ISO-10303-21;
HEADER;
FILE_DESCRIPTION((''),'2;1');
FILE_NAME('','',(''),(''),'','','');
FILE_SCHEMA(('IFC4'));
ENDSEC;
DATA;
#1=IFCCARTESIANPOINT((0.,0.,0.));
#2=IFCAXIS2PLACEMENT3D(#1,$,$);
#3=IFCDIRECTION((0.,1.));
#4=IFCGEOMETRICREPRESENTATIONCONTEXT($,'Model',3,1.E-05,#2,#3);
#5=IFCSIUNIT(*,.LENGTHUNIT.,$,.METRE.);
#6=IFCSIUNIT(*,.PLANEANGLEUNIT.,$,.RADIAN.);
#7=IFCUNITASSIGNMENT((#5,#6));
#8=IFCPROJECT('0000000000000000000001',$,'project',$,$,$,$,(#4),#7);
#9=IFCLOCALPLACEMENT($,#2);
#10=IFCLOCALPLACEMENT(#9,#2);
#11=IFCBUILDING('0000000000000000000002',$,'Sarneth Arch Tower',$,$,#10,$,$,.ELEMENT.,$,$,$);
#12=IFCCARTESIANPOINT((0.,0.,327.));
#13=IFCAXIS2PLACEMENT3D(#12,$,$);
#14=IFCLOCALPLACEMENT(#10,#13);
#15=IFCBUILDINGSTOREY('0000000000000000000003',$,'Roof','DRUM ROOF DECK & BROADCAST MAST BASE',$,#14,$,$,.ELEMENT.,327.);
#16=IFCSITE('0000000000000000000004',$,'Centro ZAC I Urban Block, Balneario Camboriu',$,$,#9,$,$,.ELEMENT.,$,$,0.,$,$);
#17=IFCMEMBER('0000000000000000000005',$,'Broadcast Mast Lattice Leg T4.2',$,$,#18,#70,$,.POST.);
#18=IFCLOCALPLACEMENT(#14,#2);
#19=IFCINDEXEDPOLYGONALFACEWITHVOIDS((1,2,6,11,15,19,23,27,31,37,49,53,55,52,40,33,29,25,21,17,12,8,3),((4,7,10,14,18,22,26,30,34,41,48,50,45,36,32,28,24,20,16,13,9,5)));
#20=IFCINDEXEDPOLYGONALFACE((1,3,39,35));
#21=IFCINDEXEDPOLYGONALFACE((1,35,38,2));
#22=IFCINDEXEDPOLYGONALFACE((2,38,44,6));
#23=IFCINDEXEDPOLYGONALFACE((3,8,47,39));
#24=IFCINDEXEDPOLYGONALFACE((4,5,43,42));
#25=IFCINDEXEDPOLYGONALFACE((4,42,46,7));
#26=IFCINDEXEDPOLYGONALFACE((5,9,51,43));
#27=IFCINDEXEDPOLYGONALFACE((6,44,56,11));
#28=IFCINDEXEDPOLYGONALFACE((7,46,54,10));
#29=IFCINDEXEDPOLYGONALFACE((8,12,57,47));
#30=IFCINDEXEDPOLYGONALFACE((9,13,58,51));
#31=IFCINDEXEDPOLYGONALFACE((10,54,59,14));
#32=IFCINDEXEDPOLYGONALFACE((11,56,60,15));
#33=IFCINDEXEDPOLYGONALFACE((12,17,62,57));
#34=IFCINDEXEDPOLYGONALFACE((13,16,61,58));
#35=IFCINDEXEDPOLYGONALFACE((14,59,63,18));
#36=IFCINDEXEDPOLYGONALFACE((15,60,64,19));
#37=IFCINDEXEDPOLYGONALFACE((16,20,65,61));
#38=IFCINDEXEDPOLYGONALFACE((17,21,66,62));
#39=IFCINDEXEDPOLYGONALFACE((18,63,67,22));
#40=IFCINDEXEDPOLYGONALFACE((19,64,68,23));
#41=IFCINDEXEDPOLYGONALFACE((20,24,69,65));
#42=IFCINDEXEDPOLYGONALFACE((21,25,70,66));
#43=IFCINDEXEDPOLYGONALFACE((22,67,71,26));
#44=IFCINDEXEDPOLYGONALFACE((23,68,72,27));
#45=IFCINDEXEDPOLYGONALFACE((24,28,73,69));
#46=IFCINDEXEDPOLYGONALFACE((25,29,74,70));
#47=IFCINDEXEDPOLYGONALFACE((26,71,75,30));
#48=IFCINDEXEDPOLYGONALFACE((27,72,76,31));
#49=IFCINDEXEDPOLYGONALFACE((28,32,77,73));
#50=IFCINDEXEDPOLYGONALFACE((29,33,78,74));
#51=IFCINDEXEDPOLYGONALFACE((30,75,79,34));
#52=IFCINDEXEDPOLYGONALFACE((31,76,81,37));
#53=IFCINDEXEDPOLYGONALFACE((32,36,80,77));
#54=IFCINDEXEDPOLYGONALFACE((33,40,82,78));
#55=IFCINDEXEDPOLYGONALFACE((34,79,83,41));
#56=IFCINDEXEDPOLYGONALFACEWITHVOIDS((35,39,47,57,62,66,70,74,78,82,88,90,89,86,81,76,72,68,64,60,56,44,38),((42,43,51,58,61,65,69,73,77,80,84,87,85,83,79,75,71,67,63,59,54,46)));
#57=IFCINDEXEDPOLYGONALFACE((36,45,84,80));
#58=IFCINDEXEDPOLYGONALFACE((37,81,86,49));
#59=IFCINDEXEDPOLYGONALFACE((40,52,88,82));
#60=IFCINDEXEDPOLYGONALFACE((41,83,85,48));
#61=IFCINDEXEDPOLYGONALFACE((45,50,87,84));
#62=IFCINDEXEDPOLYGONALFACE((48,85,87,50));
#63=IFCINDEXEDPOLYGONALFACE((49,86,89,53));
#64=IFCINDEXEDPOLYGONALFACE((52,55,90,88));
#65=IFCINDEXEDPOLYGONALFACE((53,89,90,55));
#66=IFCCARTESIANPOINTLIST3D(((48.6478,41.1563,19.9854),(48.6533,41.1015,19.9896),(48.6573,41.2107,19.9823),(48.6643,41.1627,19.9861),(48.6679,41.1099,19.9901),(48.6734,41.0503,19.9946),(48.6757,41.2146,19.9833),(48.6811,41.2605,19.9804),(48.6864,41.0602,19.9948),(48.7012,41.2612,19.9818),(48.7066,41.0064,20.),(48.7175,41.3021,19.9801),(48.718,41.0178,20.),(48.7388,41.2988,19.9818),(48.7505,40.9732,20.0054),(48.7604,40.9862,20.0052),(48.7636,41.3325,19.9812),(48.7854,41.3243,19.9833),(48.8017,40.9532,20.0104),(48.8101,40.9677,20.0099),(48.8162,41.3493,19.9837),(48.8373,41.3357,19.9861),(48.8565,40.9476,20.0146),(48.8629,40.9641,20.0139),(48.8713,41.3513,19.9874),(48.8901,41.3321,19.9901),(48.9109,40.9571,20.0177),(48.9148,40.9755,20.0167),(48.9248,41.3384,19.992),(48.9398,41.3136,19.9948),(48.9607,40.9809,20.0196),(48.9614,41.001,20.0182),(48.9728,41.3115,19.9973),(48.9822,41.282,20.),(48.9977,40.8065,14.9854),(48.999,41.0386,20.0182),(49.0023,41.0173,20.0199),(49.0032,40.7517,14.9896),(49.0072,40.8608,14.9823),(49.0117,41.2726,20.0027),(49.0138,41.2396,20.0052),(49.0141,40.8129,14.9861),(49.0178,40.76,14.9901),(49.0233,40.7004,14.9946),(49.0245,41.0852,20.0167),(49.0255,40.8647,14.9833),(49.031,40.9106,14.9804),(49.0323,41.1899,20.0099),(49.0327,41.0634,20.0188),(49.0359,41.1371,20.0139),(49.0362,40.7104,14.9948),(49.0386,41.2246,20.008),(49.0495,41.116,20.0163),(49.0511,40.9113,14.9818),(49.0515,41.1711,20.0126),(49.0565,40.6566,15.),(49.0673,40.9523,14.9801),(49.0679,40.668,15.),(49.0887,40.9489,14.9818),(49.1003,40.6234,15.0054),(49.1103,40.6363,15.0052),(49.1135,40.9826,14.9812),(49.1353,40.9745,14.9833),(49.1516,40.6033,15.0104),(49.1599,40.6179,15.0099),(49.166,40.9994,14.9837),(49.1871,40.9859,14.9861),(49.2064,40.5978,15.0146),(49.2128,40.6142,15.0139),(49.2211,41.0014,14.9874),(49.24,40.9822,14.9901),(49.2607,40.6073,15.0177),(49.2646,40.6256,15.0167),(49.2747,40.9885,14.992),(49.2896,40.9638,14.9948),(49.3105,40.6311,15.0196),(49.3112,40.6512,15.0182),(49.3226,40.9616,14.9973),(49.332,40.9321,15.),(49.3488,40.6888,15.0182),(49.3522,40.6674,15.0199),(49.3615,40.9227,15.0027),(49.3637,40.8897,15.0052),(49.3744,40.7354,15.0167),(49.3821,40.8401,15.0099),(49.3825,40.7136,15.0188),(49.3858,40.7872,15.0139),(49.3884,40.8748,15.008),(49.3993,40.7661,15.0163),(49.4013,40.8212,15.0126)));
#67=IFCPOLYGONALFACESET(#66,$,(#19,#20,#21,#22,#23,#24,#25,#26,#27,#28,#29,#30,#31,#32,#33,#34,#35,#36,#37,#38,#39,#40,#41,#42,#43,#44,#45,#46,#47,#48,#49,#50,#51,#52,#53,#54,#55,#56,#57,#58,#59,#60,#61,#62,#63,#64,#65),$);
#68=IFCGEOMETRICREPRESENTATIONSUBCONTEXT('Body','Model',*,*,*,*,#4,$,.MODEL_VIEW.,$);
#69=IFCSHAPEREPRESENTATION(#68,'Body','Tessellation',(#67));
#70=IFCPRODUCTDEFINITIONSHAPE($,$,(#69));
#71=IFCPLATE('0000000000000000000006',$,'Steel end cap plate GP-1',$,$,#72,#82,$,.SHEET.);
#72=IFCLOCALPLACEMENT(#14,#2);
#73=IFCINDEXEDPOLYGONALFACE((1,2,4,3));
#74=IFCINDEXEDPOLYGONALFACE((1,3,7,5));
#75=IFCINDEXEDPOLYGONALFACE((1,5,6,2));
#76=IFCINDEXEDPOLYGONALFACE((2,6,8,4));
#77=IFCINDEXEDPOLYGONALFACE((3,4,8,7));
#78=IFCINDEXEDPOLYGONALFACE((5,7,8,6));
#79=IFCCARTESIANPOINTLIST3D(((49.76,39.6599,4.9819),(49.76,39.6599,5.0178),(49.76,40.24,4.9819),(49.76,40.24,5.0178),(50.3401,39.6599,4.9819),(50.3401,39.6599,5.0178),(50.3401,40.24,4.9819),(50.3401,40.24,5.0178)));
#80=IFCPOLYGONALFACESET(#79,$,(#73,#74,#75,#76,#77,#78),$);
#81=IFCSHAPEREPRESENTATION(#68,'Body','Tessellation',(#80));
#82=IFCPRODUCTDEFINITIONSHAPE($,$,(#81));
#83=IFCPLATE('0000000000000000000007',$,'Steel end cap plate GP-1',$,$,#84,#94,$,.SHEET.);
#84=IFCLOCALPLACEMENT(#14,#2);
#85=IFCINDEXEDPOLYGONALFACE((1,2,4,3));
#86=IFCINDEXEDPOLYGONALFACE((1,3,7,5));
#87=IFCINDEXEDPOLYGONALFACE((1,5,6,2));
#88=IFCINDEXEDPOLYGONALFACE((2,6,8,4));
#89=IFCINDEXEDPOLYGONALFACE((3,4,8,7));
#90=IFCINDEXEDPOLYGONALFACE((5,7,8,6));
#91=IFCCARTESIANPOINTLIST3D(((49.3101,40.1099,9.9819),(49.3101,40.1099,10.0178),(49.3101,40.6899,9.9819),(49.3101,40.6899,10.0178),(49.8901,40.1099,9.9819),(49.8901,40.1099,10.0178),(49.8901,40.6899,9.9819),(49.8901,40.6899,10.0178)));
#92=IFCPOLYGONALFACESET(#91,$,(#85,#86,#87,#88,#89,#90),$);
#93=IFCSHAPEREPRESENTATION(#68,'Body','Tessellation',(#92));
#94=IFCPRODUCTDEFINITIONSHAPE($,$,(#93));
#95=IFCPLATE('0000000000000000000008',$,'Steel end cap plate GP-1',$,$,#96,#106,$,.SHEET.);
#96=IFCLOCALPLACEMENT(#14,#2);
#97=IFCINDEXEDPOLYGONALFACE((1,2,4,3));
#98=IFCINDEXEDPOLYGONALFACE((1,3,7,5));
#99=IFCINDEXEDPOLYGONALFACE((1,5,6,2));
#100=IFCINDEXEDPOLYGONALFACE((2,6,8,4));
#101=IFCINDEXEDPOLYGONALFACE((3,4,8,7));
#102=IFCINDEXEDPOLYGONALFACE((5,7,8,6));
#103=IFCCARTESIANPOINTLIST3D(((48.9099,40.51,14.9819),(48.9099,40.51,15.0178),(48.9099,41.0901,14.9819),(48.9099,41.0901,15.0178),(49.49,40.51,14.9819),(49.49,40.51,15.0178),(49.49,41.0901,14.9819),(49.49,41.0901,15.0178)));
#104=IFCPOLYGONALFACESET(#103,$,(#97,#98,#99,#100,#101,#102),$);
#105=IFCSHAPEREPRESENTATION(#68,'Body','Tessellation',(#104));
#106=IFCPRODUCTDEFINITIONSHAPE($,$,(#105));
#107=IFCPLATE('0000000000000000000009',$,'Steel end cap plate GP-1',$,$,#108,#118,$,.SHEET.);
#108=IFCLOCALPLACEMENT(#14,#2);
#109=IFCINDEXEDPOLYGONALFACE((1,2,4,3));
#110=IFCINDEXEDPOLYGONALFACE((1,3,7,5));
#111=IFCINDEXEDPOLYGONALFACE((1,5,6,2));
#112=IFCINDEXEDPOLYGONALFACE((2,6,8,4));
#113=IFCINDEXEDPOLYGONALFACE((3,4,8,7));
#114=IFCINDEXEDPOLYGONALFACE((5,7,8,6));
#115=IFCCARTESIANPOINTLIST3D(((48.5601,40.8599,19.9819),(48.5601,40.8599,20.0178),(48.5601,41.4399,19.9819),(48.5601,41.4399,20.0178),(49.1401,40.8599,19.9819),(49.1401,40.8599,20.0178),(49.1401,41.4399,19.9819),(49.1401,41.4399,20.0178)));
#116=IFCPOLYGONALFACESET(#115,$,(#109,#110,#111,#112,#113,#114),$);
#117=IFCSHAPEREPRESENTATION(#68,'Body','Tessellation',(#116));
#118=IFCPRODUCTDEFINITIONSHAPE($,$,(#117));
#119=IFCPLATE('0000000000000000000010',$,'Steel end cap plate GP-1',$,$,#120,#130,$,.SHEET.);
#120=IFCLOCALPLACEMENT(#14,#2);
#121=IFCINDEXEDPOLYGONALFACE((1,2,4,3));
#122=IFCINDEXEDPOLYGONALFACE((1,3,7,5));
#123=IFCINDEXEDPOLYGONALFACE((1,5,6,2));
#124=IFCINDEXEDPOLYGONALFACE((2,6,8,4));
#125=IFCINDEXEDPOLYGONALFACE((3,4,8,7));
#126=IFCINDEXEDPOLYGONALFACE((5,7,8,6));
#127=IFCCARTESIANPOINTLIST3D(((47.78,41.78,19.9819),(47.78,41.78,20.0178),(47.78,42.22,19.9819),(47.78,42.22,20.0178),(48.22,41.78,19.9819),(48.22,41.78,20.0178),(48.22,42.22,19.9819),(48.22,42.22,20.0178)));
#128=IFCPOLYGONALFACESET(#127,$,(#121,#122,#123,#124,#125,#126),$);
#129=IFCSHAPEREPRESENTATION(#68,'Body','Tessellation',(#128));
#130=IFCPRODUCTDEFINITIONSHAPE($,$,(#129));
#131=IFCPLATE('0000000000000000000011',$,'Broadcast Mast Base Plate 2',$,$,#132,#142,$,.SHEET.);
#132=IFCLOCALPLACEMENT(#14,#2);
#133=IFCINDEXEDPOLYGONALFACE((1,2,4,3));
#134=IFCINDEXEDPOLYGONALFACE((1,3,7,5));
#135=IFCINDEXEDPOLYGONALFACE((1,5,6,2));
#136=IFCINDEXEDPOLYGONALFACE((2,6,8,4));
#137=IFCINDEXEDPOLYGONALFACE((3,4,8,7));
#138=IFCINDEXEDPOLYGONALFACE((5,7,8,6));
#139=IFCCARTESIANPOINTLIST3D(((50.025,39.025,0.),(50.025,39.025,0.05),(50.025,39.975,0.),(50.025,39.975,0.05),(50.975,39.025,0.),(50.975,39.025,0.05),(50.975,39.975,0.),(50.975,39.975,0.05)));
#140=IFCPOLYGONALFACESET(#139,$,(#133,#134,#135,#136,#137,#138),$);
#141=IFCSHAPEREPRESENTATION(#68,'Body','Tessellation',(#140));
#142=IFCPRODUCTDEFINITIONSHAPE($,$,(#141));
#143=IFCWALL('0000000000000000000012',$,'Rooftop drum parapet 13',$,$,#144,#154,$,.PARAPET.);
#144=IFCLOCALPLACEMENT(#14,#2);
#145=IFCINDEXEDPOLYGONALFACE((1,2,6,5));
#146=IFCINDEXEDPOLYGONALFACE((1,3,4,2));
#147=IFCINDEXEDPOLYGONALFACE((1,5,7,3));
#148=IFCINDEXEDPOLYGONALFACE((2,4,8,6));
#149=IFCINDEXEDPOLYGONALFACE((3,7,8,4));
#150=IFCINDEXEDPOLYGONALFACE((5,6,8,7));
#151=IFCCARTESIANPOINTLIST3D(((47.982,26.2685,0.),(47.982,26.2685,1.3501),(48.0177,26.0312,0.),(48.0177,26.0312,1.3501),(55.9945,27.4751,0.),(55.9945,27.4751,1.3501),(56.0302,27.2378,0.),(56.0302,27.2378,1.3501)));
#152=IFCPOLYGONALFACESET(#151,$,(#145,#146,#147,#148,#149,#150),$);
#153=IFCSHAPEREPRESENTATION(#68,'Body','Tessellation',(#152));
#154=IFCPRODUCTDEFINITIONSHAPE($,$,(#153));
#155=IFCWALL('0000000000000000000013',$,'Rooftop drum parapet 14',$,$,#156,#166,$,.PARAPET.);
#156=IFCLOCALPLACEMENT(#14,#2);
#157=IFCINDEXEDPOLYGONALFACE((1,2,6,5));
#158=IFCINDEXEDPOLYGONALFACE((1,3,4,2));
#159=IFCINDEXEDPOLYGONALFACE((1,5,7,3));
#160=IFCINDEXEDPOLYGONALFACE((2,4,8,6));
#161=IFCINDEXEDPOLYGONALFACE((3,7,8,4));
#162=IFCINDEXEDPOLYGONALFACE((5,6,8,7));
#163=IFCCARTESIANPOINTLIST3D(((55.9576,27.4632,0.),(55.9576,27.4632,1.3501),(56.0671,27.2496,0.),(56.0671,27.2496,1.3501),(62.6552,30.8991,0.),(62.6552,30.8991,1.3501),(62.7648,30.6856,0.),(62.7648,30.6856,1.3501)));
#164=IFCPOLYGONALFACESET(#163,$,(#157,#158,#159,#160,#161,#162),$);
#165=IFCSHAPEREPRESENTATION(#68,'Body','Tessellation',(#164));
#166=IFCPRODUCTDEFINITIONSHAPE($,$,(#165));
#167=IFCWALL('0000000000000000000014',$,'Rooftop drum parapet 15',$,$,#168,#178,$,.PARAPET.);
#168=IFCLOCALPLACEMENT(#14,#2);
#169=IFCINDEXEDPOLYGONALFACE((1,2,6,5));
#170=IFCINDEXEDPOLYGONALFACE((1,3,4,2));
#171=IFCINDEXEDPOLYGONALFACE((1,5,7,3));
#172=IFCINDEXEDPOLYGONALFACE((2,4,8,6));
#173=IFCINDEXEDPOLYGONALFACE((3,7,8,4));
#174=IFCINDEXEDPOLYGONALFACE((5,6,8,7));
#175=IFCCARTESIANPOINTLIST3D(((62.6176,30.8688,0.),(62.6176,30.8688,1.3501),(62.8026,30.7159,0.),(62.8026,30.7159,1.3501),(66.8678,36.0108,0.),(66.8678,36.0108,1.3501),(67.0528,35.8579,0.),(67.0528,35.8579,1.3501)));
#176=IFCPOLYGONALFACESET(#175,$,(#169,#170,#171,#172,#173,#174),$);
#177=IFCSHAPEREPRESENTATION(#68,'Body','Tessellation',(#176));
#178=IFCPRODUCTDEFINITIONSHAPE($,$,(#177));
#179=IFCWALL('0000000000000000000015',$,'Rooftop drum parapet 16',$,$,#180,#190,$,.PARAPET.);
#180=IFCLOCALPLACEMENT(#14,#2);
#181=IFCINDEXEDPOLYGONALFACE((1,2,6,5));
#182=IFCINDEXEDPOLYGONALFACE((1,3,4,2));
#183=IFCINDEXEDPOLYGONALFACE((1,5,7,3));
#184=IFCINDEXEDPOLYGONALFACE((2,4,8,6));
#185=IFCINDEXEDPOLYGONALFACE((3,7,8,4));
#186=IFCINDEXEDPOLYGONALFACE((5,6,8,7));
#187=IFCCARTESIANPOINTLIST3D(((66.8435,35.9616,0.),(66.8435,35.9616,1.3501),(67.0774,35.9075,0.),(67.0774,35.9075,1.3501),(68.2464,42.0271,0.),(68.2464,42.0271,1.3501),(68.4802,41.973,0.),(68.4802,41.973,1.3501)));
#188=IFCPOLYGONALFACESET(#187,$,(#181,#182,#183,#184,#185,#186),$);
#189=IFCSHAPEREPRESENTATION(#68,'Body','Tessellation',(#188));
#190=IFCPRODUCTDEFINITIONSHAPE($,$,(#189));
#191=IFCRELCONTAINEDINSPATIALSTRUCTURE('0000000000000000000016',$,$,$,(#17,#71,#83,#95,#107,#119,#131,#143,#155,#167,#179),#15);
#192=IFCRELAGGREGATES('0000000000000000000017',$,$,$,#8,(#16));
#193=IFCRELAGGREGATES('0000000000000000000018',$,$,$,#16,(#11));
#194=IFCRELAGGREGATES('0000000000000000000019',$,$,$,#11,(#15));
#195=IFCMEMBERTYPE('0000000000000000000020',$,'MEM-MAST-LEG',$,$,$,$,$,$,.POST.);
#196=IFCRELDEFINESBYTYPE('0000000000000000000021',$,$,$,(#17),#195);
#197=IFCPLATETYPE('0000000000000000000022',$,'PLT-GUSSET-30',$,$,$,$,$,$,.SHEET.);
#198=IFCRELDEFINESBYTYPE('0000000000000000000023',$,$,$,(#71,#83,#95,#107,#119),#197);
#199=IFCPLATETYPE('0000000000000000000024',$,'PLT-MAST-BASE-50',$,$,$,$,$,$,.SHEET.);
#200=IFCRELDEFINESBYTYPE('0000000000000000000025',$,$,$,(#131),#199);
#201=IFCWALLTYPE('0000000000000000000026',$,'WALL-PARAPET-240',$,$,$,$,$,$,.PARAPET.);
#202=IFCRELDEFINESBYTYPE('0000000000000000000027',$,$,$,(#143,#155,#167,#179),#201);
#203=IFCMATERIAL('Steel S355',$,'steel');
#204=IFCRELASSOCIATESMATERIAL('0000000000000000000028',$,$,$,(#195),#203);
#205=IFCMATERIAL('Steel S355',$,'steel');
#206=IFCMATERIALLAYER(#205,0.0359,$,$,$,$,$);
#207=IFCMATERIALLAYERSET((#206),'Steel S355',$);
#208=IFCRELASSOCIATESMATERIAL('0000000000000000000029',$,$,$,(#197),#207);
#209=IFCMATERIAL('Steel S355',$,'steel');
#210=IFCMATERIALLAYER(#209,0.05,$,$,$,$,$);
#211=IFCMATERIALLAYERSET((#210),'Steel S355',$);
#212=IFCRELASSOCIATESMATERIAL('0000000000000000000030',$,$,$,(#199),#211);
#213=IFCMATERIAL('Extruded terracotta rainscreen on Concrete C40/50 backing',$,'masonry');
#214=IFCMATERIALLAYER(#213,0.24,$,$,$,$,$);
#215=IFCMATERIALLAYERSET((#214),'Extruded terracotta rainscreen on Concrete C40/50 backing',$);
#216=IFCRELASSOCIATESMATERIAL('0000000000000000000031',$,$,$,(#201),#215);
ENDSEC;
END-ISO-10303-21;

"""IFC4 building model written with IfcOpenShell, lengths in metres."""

from ifc_helpers import new_model, si_unit, direction, frame, frame_2d, origin, origin_2d, place, context, subcontext, project, spatial, rectangle, hollow_circle, extrude, material, layer, layer_set, material_profile, profile_set, type_object, element, save


model = new_model("IFC4")

# Units and contexts
model_context = context("Model", 3, precision=1e-05, world=origin(), true_north=direction((0.0, 1.0)))
body_context = subcontext(model_context, "Body", "Model", "MODEL_VIEW")
ifc_project = project(units=[si_unit("LENGTHUNIT", "METRE"), si_unit("PLANEANGLEUNIT", "RADIAN")], contexts=[model_context])

# Site, building, storey
site_placement = place(None, origin())
site = spatial("IfcSite", under=ifc_project, at=site_placement, Name="Centro ZAC I Urban Block, Balneario Camboriu", CompositionType="ELEMENT", RefElevation=0.0)
building_placement = place(site_placement, origin())
building = spatial("IfcBuilding", under=site, at=building_placement, Name="Sarneth Arch Tower", CompositionType="ELEMENT")
storey_placement = place(building_placement, frame((0.0, 0.0, 327.0)))
storey = spatial("IfcBuildingStorey", under=building, at=storey_placement, Name="Roof", Description="DRUM ROOF DECK & BROADCAST MAST BASE", CompositionType="ELEMENT", Elevation=327.0)

# Member
ifc_material_1 = material(Name="Steel S355", Category="steel")
ifc_material_profile_1 = material_profile(ifc_material_1, hollow_circle(Radius=0.2029, WallThickness=0.0161, at=origin_2d()), Name="CHS406x16")
ifc_profile_set_1 = profile_set([ifc_material_profile_1], Name="Steel S355")
member_type_1 = type_object("IfcMemberType", Name="MEM-MAST-LEG", PredefinedType="POST", material=ifc_profile_set_1)
member_1_placement = place(storey_placement, frame((49.2, 40.8, 15.0), z_axis=(-0.069631, 0.069631, 0.99514), x_axis=(-0.707107, -0.707107, 0.0)))
element("IfcMember", 1, at=member_1_placement, inside=storey, type_object=member_type_1, Name="Broadcast Mast Lattice Leg T4.2", PredefinedType="POST", context=body_context, shape_type="SweptSolid", body=[
    extrude(hollow_circle(Radius=0.2029, WallThickness=0.0161, at=origin_2d()), origin(), (0.0, 0.0, 1.0), 5.0244),
])

# Plates
ifc_material_2 = material(Name="Steel S355", Category="steel")
ifc_layer_1 = layer(ifc_material_2, 0.0359)
ifc_layer_set_1 = layer_set([ifc_layer_1], Name="Steel S355")
plate_type_1 = type_object("IfcPlateType", Name="PLT-GUSSET-30", PredefinedType="SHEET", material=ifc_layer_set_1)
for number, where, z_axis, x_axis, name in (
    (2, (50.05, 39.95, 4.9819), (0.0, 0.0, 1.0), (1.0, 0.0, 0.0), "Steel end cap plate GP-1"),
    (3, (49.6001, 40.3999, 9.9819), (0.0, 0.0, 1.0), (1.0, 0.0, 0.0), "Steel end cap plate GP-1"),
    (4, (49.2, 40.8, 14.9819), (0.0, 0.0, 1.0), (1.0, 0.0, 0.0), "Steel end cap plate GP-1"),
    (5, (48.8501, 41.1499, 19.9819), (0.0, 0.0, 1.0), (1.0, 0.0, 0.0), "Steel end cap plate GP-1"),
):
    element("IfcPlate", number, at=place(storey_placement, frame(where, z_axis=z_axis, x_axis=x_axis)), inside=storey, type_object=plate_type_1, Name=name, PredefinedType="SHEET", context=body_context, shape_type="SweptSolid", body=[
        extrude(rectangle(XDim=0.5801, YDim=0.5801, at=origin_2d()), origin(), (0.0, 0.0, 1.0), 0.0359),
    ])
plate_1_placement = place(storey_placement, frame((48.0, 42.0, 19.9819), z_axis=(0.0, 0.0, 1.0), x_axis=(1.0, 0.0, 0.0)))
element("IfcPlate", 6, at=plate_1_placement, inside=storey, type_object=plate_type_1, Name="Steel end cap plate GP-1", PredefinedType="SHEET", context=body_context, shape_type="SweptSolid", body=[
    extrude(rectangle(XDim=0.4399, YDim=0.4399, at=origin_2d()), origin(), (0.0, 0.0, 1.0), 0.0359),
])
ifc_material_3 = material(Name="Steel S355", Category="steel")
ifc_layer_2 = layer(ifc_material_3, 0.05)
ifc_layer_set_2 = layer_set([ifc_layer_2], Name="Steel S355")
plate_type_2 = type_object("IfcPlateType", Name="PLT-MAST-BASE-50", PredefinedType="SHEET", material=ifc_layer_set_2)
plate_2_placement = place(storey_placement, frame((50.5, 39.5, 0.0), z_axis=(0.0, 0.0, 1.0), x_axis=(1.0, 0.0, 0.0)))
element("IfcPlate", 7, at=plate_2_placement, inside=storey, type_object=plate_type_2, Name="Broadcast Mast Base Plate 2", PredefinedType="SHEET", context=body_context, shape_type="SweptSolid", body=[
    extrude(rectangle(XDim=0.95, YDim=0.95, at=origin_2d()), origin(), (0.0, 0.0, 1.0), 0.05),
])

# Walls
ifc_material_4 = material(Name="Extruded terracotta rainscreen on Concrete C40/50 backing", Category="masonry")
ifc_layer_3 = layer(ifc_material_4, 0.24)
ifc_layer_set_3 = layer_set([ifc_layer_3], Name="Extruded terracotta rainscreen on Concrete C40/50 backing")
wall_type = type_object("IfcWallType", Name="WALL-PARAPET-240", PredefinedType="PARAPET", material=ifc_layer_set_3)
wall_1_placement = place(storey_placement, frame((48.0, 26.1499, 0.0), z_axis=(0.0, 0.0, 1.0), x_axis=(0.988852, 0.148905, 0.0)))
element("IfcWall", 8, at=wall_1_placement, inside=storey, type_object=wall_type, Name="Rooftop drum parapet 13", PredefinedType="PARAPET", context=body_context, shape_type="SweptSolid", body=[
    extrude(rectangle(XDim=8.1028, YDim=0.24, at=frame_2d((4.0513, 0.0))), origin(), (0.0, 0.0, 1.0), 1.3501),
])
wall_2_placement = place(storey_placement, frame((56.0125, 27.3564, 0.0), z_axis=(0.0, 0.0, 1.0), x_axis=(0.889748, 0.456452, 0.0)))
element("IfcWall", 9, at=wall_2_placement, inside=storey, type_object=wall_type, Name="Rooftop drum parapet 14", PredefinedType="PARAPET", context=body_context, shape_type="SweptSolid", body=[
    extrude(rectangle(XDim=7.5276, YDim=0.24, at=frame_2d((3.7637, 0.0))), origin(), (0.0, 0.0, 1.0), 1.3501),
])
wall_3_placement = place(storey_placement, frame((62.7102, 30.7925, 0.0), z_axis=(0.0, 0.0, 1.0), x_axis=(0.637098, 0.770783, 0.0)))
element("IfcWall", 10, at=wall_3_placement, inside=storey, type_object=wall_type, Name="Rooftop drum parapet 15", PredefinedType="PARAPET", context=body_context, shape_type="SweptSolid", body=[
    extrude(rectangle(XDim=6.6711, YDim=0.24, at=frame_2d((3.3354, 0.0))), origin(), (0.0, 0.0, 1.0), 1.3501),
])
wall_4_placement = place(storey_placement, frame((66.9604, 35.9346, 0.0), z_axis=(0.0, 0.0, 1.0), x_axis=(0.225335, 0.974281, 0.0)))
element("IfcWall", 11, at=wall_4_placement, inside=storey, type_object=wall_type, Name="Rooftop drum parapet 16", PredefinedType="PARAPET", context=body_context, shape_type="SweptSolid", body=[
    extrude(rectangle(XDim=6.2256, YDim=0.24, at=frame_2d((3.1128, 0.0))), origin(), (0.0, 0.0, 1.0), 1.3501),
])

save(model, "model.ifc")
